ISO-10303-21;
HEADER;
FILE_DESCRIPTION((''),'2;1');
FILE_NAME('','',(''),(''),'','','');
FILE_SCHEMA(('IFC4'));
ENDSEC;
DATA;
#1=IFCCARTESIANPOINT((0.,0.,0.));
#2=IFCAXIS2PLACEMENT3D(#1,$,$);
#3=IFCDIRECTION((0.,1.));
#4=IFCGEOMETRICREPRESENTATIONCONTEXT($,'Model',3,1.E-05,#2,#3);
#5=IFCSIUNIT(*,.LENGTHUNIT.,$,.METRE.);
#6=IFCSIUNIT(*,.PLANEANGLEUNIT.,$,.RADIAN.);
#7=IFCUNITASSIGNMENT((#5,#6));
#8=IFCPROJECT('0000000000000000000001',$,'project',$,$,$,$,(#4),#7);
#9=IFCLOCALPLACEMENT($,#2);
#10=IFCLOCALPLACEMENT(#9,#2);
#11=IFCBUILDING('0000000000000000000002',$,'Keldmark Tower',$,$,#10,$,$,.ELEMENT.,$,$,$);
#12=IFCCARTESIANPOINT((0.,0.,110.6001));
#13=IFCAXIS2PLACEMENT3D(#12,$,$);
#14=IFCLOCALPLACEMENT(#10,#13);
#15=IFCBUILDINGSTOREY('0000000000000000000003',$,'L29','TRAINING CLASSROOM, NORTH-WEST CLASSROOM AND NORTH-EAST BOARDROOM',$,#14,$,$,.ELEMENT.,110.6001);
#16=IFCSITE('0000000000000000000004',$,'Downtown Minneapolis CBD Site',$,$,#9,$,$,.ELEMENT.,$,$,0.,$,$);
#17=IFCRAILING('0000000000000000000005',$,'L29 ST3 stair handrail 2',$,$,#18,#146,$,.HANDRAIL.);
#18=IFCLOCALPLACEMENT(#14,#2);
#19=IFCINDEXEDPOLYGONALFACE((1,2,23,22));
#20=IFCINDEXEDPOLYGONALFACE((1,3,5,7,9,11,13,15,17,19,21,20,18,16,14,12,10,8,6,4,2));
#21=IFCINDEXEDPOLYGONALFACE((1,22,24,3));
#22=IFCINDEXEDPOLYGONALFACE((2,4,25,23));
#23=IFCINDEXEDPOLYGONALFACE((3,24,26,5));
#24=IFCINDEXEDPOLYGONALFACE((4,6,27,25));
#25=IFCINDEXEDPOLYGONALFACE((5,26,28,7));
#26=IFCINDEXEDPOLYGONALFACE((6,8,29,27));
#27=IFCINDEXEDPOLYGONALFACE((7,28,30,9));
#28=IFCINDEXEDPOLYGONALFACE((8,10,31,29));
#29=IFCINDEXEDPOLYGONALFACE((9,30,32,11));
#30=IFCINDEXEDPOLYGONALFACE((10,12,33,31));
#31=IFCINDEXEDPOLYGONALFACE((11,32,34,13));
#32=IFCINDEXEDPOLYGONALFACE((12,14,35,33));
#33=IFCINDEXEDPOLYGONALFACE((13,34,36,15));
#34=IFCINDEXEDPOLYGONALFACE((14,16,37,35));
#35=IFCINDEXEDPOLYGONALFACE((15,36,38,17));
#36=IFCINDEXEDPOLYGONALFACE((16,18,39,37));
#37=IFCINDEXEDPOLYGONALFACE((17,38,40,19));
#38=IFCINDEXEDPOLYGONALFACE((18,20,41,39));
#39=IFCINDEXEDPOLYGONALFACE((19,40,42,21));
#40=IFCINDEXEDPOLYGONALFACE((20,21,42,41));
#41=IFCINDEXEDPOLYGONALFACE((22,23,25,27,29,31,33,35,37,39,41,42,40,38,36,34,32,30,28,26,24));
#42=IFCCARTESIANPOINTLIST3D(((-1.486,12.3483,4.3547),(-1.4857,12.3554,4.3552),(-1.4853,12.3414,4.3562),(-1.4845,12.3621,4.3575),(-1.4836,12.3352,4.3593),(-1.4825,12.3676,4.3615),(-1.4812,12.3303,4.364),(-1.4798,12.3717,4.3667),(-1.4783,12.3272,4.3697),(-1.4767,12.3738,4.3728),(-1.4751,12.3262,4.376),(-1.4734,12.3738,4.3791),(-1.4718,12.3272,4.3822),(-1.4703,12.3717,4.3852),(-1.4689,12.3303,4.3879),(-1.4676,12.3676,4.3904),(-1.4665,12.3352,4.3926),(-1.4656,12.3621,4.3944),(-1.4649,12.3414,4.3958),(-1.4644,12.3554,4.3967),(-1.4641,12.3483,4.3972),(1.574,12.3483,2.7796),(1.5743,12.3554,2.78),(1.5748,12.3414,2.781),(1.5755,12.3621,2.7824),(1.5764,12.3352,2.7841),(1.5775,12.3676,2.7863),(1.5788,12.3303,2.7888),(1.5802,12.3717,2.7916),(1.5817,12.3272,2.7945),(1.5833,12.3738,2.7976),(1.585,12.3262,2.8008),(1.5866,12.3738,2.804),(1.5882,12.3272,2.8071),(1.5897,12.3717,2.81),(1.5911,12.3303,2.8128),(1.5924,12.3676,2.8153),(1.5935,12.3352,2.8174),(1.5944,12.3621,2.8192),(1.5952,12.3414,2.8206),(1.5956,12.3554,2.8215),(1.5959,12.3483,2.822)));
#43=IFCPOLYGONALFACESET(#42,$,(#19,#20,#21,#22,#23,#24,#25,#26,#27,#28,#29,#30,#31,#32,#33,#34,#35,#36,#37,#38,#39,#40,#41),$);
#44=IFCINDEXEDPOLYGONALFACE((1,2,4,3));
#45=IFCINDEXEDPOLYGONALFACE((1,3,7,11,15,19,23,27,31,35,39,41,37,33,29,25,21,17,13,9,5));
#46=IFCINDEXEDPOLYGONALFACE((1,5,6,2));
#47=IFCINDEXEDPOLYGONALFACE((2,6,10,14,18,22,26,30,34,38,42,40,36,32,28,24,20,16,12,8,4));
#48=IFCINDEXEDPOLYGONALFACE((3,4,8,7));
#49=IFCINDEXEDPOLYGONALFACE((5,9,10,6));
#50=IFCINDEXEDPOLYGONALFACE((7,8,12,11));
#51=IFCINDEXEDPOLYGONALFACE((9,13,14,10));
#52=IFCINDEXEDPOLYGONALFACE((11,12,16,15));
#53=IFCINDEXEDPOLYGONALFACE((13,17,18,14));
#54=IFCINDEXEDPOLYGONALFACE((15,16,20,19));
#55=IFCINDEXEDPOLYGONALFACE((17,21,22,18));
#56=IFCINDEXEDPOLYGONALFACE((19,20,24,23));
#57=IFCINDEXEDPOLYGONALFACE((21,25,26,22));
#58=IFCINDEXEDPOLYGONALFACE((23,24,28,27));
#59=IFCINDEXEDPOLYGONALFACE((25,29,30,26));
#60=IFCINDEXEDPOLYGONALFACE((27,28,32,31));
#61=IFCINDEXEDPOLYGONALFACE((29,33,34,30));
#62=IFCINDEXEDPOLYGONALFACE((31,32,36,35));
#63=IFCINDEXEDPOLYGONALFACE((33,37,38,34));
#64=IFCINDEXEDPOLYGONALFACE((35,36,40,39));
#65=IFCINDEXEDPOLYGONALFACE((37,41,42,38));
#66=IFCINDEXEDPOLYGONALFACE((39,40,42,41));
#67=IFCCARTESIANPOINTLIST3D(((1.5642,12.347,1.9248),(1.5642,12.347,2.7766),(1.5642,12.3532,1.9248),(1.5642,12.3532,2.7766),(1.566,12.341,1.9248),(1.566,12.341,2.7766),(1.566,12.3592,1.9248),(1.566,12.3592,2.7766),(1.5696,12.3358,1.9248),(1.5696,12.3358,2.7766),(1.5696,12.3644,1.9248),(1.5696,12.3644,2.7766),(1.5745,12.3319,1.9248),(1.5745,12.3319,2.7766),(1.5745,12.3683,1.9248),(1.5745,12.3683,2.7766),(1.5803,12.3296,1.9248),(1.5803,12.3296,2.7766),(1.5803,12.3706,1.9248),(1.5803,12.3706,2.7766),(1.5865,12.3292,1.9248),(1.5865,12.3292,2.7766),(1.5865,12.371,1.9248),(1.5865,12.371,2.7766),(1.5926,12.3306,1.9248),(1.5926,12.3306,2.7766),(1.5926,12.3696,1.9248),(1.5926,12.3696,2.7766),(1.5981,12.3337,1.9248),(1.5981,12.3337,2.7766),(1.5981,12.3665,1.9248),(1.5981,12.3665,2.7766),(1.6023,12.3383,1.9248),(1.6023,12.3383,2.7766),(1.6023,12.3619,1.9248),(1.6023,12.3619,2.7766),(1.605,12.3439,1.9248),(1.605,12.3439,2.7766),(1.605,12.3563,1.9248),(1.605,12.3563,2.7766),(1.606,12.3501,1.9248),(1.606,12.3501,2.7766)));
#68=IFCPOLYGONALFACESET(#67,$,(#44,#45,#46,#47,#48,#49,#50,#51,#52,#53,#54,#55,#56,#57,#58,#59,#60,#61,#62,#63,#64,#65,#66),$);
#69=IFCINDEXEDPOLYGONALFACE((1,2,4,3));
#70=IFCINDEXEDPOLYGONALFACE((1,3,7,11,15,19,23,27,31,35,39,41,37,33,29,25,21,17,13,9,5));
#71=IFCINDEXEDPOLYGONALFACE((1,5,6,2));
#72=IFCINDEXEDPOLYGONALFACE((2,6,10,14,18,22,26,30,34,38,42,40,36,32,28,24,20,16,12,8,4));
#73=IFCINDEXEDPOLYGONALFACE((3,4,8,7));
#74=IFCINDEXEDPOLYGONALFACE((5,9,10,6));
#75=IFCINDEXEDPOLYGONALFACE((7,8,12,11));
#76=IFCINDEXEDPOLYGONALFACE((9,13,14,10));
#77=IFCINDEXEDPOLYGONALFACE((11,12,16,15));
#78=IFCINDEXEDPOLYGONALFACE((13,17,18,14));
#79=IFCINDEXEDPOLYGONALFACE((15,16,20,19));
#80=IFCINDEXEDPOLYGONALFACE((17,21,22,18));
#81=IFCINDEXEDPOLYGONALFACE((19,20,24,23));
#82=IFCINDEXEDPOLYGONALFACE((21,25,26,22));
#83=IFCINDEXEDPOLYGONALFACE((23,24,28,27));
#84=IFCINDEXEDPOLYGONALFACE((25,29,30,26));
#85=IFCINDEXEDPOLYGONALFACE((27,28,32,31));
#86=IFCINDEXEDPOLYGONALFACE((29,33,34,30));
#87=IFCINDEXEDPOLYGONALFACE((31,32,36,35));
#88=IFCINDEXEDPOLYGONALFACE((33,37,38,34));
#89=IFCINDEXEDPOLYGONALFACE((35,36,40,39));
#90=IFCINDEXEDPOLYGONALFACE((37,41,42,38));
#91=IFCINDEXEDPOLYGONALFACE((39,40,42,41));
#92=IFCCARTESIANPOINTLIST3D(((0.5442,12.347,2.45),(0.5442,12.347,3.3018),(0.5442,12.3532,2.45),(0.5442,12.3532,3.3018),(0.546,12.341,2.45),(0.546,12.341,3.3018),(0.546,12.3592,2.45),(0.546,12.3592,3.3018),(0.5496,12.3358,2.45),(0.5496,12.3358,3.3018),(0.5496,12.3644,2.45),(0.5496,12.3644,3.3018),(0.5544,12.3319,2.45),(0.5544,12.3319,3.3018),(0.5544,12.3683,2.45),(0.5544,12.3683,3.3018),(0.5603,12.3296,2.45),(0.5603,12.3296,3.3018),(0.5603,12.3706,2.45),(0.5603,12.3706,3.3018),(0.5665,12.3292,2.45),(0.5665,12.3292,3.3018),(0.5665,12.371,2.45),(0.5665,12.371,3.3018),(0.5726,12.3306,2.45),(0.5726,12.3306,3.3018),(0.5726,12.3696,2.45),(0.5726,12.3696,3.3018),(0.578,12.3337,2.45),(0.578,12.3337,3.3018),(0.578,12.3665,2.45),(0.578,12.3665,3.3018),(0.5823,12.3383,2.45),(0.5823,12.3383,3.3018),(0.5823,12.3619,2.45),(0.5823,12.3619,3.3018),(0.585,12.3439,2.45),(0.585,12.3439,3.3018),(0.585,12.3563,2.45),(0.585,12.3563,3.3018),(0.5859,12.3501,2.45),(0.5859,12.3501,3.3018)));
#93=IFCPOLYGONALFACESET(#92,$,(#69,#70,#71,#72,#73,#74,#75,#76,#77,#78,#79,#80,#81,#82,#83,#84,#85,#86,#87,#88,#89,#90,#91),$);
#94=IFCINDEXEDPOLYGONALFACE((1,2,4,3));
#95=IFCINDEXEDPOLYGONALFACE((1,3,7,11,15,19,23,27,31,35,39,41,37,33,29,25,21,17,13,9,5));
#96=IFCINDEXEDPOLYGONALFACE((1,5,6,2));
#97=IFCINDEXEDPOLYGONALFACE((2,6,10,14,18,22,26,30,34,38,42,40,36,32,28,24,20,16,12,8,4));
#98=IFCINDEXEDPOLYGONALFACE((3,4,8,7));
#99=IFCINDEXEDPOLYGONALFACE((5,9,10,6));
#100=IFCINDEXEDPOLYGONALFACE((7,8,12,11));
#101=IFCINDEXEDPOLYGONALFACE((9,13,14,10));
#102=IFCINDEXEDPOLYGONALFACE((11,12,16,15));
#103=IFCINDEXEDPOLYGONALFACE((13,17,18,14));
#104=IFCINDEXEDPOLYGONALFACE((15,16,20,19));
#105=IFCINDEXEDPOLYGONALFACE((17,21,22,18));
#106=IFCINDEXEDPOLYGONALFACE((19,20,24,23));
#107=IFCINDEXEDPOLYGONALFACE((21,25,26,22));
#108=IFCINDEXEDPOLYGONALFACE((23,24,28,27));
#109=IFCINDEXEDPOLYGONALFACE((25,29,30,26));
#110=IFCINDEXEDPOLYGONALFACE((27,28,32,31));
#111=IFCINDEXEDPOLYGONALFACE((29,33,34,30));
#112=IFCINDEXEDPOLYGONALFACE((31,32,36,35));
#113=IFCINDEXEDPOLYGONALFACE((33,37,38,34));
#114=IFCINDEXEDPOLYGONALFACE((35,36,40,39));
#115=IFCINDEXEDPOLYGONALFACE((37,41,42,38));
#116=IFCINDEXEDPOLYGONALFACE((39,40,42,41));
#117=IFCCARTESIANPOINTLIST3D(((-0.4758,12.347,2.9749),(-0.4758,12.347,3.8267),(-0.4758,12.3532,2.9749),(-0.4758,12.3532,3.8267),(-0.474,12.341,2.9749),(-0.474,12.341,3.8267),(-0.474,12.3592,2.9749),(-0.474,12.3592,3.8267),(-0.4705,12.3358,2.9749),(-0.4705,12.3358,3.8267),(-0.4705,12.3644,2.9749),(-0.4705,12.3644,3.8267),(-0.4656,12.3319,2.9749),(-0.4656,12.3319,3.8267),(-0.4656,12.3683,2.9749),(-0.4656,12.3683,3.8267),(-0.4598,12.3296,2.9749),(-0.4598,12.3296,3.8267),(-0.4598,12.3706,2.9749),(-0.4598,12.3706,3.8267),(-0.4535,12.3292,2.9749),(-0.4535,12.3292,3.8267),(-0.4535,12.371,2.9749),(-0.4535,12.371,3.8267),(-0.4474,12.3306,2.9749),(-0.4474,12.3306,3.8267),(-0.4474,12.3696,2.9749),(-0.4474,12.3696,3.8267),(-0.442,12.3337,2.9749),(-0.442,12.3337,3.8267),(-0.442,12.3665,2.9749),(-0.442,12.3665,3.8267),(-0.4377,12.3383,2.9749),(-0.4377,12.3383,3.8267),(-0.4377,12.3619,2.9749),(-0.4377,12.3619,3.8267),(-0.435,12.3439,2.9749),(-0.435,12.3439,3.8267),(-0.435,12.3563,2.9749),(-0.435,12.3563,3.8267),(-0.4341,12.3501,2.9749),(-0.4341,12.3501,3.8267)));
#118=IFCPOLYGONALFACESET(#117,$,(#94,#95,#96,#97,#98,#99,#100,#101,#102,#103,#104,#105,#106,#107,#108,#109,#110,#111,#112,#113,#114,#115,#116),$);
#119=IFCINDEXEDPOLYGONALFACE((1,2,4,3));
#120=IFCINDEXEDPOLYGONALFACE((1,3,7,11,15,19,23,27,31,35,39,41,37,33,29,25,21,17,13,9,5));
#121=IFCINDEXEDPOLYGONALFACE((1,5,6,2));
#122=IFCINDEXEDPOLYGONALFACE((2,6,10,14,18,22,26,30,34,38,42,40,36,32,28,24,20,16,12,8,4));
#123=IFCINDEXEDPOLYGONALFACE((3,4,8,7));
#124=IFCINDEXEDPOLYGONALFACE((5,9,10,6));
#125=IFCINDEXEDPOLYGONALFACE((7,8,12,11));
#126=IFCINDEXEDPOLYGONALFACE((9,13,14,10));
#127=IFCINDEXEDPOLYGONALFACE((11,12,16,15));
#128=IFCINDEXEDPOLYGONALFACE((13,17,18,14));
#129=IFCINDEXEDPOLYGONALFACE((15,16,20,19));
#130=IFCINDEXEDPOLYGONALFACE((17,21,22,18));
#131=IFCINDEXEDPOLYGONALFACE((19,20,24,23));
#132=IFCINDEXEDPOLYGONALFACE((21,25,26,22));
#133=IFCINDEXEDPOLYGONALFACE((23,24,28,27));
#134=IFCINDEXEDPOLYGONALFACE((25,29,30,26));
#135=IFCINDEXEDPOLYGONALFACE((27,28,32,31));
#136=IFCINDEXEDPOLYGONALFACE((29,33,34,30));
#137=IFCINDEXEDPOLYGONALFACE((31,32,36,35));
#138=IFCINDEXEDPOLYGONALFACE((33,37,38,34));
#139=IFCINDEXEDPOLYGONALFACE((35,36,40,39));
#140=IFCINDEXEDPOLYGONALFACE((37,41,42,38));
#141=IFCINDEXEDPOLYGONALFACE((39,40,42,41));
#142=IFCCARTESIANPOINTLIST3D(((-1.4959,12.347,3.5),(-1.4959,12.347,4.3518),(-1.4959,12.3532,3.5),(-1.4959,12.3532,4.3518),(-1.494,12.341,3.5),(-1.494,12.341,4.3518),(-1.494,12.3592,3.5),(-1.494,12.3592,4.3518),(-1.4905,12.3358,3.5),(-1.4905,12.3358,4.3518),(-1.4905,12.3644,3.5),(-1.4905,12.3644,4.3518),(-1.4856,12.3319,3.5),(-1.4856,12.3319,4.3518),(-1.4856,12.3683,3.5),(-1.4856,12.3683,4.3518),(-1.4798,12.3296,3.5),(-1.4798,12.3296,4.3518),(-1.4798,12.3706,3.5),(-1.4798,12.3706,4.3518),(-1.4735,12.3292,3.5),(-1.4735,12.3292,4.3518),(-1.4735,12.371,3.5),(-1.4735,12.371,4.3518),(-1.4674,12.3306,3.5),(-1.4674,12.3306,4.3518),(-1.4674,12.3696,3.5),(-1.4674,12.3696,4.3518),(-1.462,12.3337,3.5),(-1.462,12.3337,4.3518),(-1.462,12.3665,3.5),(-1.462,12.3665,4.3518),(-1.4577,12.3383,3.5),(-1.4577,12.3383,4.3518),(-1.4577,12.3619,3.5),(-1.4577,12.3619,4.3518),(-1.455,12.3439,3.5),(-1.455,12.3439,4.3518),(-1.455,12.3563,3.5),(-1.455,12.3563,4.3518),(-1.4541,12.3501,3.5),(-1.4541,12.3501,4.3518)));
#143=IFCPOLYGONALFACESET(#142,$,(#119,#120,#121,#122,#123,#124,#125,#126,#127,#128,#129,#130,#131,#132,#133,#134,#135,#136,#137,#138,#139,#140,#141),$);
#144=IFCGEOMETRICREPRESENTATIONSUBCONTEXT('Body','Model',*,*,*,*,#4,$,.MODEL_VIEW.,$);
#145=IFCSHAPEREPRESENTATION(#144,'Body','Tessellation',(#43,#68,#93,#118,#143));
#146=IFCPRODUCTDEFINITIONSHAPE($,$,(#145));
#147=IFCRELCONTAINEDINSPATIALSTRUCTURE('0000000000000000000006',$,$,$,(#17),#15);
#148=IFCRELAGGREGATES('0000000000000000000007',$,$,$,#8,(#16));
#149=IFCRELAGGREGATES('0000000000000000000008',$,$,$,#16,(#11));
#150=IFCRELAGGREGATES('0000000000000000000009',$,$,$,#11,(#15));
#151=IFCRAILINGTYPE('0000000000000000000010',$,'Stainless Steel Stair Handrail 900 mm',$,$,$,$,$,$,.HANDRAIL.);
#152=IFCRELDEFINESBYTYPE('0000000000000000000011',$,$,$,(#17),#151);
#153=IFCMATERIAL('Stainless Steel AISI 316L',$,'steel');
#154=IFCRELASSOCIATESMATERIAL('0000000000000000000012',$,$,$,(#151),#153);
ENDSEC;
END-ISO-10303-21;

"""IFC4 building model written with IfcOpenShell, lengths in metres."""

from ifc_helpers import new_model, si_unit, direction, frame, origin, origin_2d, place, context, subcontext, project, spatial, circle, extrude, material, type_object, element, save


model = new_model("IFC4")

# Units and contexts
model_context = context("Model", 3, precision=1e-05, world=origin(), true_north=direction((0.0, 1.0)))
body_context = subcontext(model_context, "Body", "Model", "MODEL_VIEW")
ifc_project = project(units=[si_unit("LENGTHUNIT", "METRE"), si_unit("PLANEANGLEUNIT", "RADIAN")], contexts=[model_context])

# Site, building, storey
site_placement = place(None, origin())
site = spatial("IfcSite", under=ifc_project, at=site_placement, Name="Downtown Minneapolis CBD Site", CompositionType="ELEMENT", RefElevation=0.0)
building_placement = place(site_placement, origin())
building = spatial("IfcBuilding", under=site, at=building_placement, Name="Keldmark Tower", CompositionType="ELEMENT")
storey_placement = place(building_placement, frame((0.0, 0.0, 110.6001)))
storey = spatial("IfcBuildingStorey", under=building, at=storey_placement, Name="L29", Description="TRAINING CLASSROOM, NORTH-WEST CLASSROOM AND NORTH-EAST BOARDROOM", CompositionType="ELEMENT", Elevation=110.6001)

# Railing
ifc_material_1 = material(Name="Stainless Steel AISI 316L", Category="steel")
railing_type_1 = type_object("IfcRailingType", Name="Stainless Steel Stair Handrail 900 mm", PredefinedType="HANDRAIL", material=ifc_material_1)
railing_1_placement = place(storey_placement, frame((1.585, 12.3501, 1.9248)))
element("IfcRailing", 1, at=railing_1_placement, inside=storey, type_object=railing_type_1, Name="L29 ST3 stair handrail 2", PredefinedType="HANDRAIL", context=body_context, shape_type="SweptSolid", body=[
    extrude(circle(Radius=0.0239, at=origin_2d()), frame((0.0, 0.0, 0.876), z_axis=(-0.889116, 0.0, 0.457681), x_axis=(0.0, -1.0, 0.0)), (0.0, 0.0, 1.0), 3.4417),
    extrude(circle(Radius=0.021, at=origin_2d()), origin(), (0.0, 0.0, 1.0), 0.8518),
    extrude(circle(Radius=0.021, at=origin_2d()), frame((-1.02, 0.0, 0.5251)), (0.0, 0.0, 1.0), 0.8518),
    extrude(circle(Radius=0.021, at=origin_2d()), frame((-2.04, 0.0, 1.05)), (0.0, 0.0, 1.0), 0.8518),
    extrude(circle(Radius=0.021, at=origin_2d()), frame((-3.0601, 0.0, 1.5752)), (0.0, 0.0, 1.0), 0.8518),
])

save(model, "model.ifc")
